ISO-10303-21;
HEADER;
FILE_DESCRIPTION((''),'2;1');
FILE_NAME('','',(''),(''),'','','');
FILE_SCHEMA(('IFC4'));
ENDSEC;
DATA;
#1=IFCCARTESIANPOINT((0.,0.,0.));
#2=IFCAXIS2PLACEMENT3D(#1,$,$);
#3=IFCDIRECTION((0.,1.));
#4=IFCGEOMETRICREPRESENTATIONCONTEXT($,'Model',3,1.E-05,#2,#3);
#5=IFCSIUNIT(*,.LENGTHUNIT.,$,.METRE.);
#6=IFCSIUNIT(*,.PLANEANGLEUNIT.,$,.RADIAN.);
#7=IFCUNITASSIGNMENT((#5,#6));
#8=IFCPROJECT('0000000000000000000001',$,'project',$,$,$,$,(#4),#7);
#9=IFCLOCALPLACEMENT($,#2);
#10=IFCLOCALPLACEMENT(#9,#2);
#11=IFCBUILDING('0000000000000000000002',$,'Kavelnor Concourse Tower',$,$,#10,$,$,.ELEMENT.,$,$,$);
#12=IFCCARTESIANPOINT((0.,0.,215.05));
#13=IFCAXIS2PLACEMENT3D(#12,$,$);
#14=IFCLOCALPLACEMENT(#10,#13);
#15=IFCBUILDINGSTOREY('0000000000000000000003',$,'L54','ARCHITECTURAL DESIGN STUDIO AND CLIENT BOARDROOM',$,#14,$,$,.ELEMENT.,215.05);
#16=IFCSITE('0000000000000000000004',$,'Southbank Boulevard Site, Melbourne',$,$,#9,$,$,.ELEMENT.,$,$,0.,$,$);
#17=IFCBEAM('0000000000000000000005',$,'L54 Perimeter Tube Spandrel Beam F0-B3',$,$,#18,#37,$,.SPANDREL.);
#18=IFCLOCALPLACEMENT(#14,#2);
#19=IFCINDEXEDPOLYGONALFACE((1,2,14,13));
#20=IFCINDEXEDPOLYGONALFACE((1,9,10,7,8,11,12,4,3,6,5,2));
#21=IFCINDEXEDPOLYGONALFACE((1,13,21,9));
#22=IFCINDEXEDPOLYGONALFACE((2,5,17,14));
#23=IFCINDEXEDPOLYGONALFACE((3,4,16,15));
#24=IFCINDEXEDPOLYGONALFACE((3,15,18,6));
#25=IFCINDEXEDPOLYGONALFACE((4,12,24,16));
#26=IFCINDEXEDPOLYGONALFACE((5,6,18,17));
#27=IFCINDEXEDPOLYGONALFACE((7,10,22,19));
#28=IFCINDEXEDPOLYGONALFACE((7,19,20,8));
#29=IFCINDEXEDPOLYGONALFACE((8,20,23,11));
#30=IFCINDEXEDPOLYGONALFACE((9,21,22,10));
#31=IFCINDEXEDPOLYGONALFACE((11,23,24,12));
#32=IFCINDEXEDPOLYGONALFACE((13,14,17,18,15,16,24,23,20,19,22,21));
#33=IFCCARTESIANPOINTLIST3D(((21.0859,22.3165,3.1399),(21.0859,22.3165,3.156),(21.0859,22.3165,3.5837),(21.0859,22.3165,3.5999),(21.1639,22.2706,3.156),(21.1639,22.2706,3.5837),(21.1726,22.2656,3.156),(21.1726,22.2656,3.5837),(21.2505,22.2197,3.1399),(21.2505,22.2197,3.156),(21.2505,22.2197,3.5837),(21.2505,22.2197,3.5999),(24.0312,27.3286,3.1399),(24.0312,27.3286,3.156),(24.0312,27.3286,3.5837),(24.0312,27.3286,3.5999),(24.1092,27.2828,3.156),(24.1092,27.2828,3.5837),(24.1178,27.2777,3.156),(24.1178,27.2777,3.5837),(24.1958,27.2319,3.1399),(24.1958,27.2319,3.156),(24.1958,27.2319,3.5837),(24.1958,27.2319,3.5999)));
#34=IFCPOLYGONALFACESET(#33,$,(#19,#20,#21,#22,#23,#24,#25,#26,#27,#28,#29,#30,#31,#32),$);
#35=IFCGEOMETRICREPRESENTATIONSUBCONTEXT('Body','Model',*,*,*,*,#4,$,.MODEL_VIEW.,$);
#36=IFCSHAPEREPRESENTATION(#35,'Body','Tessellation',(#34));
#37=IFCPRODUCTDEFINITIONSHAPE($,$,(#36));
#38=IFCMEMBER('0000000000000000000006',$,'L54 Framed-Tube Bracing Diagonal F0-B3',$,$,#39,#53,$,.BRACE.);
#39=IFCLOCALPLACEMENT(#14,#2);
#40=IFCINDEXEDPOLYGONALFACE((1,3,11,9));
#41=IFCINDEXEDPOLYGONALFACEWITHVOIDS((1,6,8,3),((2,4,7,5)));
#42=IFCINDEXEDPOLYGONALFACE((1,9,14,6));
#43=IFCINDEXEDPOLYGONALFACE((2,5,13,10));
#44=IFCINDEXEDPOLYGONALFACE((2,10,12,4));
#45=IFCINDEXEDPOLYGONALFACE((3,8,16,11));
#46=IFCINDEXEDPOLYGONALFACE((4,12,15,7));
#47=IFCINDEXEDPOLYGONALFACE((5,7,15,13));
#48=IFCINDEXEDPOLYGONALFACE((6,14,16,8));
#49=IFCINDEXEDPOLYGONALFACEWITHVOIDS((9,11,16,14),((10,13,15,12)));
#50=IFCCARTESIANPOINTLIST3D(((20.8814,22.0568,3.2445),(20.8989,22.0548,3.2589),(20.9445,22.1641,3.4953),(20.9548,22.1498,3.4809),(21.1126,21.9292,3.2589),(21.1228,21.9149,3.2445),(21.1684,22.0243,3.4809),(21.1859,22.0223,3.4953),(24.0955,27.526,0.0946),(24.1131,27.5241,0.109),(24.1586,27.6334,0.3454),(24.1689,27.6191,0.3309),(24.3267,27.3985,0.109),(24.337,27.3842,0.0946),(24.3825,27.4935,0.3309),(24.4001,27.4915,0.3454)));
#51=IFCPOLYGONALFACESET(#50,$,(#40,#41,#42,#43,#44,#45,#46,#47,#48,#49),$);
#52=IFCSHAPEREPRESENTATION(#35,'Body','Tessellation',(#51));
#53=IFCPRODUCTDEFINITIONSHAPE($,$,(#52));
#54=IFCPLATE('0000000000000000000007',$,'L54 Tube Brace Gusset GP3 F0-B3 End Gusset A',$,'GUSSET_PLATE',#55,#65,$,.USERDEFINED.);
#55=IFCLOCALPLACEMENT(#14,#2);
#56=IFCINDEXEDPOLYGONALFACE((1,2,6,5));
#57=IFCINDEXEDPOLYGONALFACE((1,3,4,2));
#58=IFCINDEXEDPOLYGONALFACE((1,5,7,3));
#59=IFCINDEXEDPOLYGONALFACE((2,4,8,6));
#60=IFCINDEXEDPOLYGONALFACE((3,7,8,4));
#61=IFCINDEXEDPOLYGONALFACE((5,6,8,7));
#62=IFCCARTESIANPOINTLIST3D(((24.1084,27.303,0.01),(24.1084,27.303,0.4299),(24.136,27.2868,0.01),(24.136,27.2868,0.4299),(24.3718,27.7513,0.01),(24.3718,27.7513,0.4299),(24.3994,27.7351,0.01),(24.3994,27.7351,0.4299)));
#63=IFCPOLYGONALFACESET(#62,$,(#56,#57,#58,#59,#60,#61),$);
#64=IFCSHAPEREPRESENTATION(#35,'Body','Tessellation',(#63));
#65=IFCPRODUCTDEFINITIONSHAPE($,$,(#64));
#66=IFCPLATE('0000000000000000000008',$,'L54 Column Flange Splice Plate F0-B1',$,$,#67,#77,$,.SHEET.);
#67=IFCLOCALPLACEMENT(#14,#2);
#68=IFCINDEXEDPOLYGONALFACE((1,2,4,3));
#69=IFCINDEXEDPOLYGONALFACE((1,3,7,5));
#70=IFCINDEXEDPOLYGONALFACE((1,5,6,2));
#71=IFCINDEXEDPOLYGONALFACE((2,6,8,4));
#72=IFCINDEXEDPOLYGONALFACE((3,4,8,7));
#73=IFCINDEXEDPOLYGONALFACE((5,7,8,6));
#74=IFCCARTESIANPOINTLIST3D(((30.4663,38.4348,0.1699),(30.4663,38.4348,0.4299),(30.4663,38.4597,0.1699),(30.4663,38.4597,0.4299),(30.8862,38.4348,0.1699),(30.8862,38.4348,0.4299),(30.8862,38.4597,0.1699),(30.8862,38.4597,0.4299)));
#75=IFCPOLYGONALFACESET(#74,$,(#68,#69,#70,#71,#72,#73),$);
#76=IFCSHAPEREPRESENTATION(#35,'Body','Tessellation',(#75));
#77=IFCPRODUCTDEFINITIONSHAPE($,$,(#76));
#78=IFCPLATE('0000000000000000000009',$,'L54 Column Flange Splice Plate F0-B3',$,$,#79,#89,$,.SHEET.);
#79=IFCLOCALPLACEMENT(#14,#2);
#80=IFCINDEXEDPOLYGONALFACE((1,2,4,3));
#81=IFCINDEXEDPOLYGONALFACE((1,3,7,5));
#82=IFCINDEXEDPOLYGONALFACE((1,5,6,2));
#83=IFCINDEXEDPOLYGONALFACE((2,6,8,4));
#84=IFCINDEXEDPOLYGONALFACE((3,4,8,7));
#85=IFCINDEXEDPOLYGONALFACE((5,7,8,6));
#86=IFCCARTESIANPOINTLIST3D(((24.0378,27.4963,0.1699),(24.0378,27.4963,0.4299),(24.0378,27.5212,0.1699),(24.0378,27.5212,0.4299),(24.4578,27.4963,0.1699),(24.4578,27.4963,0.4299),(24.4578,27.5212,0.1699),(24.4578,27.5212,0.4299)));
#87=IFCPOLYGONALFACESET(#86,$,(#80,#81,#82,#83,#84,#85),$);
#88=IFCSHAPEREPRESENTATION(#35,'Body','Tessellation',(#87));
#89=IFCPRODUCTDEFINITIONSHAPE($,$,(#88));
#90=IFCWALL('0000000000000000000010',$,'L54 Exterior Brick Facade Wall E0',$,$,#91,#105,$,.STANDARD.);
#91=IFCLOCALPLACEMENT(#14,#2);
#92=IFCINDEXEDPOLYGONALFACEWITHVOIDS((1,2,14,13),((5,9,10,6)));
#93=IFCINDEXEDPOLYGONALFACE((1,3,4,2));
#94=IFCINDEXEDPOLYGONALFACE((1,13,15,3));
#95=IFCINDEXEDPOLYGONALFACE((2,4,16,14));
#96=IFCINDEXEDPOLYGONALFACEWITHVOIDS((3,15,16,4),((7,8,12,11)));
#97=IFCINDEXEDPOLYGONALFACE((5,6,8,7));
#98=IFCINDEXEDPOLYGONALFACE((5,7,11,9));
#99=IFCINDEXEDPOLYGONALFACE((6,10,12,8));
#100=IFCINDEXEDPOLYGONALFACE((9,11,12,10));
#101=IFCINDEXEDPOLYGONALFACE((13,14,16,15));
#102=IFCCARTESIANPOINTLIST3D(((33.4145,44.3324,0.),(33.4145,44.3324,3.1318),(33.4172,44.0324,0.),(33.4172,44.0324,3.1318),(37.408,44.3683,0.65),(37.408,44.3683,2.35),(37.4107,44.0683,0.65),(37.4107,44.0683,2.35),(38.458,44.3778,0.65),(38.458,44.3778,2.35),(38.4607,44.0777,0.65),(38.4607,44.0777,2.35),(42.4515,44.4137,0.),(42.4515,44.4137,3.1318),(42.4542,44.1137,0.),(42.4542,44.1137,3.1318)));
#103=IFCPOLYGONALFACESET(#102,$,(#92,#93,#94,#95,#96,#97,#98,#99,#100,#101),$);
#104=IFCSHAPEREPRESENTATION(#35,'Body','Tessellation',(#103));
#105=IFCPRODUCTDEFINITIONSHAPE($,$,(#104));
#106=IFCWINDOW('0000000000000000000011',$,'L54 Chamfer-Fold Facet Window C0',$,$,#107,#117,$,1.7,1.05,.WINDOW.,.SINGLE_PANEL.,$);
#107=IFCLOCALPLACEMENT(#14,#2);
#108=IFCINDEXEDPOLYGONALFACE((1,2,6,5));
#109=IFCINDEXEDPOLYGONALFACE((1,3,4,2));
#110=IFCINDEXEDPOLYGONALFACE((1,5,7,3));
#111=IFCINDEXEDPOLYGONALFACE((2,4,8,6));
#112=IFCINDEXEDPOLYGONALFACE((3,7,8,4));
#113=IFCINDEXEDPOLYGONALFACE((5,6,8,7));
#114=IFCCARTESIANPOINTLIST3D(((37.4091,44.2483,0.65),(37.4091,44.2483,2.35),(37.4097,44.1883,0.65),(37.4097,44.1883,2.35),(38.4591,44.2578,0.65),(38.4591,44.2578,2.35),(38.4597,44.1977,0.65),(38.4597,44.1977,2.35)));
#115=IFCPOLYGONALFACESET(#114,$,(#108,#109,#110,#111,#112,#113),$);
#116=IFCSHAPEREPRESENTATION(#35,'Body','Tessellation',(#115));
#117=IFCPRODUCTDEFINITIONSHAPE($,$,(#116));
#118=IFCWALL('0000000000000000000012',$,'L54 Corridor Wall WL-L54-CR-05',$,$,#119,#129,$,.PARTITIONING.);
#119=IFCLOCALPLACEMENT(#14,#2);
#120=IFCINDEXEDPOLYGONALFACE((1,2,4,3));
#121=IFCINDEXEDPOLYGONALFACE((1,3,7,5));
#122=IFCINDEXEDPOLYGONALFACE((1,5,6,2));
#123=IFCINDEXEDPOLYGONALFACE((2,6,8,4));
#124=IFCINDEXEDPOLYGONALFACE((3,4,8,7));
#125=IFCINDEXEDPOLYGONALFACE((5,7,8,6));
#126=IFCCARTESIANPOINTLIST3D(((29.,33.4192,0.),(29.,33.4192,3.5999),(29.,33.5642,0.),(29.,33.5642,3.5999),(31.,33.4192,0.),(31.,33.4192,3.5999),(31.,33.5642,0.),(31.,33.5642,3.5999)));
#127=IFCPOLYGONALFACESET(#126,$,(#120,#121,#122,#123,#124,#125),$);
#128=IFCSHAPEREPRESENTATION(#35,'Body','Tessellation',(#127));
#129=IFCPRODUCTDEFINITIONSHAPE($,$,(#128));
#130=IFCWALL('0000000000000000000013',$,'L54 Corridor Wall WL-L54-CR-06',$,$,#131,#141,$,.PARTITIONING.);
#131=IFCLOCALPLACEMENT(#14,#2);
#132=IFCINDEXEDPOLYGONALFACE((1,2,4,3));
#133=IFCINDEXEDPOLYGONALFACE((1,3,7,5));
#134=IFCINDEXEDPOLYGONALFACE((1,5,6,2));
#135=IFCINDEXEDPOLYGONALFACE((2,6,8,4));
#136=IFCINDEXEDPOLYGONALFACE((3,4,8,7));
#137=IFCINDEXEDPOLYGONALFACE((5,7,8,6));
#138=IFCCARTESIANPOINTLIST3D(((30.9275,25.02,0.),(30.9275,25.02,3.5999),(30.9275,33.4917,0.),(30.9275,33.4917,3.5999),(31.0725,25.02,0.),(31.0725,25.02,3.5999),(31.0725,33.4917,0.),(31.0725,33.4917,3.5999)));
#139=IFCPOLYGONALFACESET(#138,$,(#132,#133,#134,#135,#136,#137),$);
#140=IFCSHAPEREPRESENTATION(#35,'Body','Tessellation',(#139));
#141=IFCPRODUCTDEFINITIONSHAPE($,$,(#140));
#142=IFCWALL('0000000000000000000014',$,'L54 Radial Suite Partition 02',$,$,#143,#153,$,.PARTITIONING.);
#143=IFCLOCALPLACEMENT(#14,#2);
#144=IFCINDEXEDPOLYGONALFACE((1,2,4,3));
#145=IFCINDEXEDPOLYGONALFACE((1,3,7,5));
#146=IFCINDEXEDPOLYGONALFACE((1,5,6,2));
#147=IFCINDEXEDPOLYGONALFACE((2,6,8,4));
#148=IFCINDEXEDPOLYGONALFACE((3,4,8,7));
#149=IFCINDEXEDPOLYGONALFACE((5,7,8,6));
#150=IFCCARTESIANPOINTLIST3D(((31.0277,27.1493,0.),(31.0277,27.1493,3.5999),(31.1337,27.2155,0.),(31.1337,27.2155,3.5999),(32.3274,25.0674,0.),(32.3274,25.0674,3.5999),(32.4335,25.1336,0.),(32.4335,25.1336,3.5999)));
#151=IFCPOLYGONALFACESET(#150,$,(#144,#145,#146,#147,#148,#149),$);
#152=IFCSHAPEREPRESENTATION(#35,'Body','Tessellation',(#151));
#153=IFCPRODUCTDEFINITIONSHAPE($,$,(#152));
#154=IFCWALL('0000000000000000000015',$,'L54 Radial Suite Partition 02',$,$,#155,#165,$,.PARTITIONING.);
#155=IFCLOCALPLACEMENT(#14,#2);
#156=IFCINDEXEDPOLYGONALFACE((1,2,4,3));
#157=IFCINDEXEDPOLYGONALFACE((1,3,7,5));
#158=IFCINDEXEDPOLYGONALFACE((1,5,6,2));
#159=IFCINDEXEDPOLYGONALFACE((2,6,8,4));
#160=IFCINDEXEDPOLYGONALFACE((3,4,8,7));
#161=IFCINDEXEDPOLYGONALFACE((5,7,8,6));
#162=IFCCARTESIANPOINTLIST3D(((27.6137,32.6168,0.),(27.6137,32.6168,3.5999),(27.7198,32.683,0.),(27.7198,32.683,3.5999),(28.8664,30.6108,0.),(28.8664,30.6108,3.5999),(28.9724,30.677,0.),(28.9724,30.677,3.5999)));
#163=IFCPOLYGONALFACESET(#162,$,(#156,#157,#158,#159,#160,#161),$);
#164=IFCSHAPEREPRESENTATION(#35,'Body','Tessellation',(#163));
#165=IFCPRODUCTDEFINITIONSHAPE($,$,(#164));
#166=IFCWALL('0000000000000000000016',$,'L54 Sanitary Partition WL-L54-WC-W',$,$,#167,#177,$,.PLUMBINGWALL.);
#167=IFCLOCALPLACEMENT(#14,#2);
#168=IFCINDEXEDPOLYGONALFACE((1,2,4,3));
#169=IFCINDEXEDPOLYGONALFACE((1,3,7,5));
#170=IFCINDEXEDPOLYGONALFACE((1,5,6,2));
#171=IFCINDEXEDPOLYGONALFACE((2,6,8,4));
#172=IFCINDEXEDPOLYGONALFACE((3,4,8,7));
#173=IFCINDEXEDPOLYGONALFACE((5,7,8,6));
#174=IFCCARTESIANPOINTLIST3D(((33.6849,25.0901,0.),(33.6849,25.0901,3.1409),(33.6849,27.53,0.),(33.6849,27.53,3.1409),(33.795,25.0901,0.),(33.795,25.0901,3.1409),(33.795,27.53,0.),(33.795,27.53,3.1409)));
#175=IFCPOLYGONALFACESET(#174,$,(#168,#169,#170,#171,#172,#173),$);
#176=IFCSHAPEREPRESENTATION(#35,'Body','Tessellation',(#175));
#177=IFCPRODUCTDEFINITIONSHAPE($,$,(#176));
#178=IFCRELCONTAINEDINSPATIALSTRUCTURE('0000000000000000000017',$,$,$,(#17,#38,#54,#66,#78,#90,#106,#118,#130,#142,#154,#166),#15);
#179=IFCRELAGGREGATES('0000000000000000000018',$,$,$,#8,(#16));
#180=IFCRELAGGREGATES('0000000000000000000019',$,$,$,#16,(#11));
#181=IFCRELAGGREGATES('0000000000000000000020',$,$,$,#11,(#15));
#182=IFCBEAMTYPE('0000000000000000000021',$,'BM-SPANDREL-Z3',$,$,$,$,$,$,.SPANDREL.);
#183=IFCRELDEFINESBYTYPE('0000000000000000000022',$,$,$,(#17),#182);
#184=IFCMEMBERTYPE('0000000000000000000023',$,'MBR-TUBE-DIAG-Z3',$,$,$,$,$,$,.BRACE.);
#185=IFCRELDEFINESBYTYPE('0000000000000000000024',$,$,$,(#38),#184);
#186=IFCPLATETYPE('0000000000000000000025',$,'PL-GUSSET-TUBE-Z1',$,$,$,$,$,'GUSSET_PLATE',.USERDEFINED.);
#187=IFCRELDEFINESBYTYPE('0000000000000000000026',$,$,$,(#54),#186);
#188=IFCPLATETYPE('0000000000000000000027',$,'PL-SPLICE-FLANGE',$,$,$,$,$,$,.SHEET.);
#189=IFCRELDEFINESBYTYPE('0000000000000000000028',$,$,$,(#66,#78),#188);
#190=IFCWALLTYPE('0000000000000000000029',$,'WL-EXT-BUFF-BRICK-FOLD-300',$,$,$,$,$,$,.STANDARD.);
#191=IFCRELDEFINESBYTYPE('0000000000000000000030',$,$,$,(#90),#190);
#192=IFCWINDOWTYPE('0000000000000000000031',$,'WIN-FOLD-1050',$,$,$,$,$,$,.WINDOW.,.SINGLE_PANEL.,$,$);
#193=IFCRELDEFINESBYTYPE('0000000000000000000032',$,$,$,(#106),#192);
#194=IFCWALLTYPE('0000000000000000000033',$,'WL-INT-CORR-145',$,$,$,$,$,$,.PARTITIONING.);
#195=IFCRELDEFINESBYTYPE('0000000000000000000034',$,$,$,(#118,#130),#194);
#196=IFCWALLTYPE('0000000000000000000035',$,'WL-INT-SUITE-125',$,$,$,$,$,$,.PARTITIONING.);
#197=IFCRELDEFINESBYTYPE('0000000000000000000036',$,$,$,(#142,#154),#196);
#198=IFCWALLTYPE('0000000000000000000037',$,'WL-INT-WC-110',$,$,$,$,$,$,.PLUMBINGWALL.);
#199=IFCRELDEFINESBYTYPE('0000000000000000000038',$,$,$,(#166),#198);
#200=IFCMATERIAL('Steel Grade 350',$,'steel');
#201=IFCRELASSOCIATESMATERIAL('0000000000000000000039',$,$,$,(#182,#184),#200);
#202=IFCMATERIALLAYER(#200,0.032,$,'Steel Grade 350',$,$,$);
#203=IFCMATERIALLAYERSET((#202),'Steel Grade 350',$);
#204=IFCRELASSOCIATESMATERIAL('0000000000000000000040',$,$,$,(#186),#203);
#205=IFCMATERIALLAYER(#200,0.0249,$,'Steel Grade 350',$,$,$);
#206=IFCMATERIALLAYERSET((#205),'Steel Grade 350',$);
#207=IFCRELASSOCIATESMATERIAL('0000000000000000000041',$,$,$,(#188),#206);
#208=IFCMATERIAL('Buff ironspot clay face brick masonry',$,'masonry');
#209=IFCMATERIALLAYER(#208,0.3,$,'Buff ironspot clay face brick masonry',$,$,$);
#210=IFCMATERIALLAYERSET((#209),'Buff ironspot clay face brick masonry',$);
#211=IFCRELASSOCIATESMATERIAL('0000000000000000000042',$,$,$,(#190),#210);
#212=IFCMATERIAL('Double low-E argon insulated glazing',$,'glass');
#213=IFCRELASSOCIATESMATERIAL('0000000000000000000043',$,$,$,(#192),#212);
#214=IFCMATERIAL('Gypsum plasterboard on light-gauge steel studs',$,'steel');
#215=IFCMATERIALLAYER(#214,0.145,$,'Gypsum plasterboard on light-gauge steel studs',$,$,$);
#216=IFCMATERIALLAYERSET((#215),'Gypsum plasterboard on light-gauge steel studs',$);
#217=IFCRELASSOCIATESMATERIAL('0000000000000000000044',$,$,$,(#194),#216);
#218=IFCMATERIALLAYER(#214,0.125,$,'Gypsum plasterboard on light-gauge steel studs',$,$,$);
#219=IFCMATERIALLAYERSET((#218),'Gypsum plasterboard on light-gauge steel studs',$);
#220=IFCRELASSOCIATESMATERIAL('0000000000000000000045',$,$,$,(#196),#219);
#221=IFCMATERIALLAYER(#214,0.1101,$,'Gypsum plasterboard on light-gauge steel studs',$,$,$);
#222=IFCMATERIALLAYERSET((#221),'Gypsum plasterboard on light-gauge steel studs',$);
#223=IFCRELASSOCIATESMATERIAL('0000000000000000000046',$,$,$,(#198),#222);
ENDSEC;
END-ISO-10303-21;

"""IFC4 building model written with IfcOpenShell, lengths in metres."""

from ifc_helpers import new_model, si_unit, direction, frame, frame_2d, origin, origin_2d, place, context, subcontext, project, spatial, rectangle, hollow_rectangle, i_section, extrude, material, layer, layer_set, material_profile, profile_set, type_object, element, fill, save


model = new_model("IFC4")

# Units and contexts
model_context = context("Model", 3, precision=1e-05, world=origin(), true_north=direction((0.0, 1.0)))
body_context = subcontext(model_context, "Body", "Model", "MODEL_VIEW")
ifc_project = project(units=[si_unit("LENGTHUNIT", "METRE"), si_unit("PLANEANGLEUNIT", "RADIAN")], contexts=[model_context])

# Site, building, storey
site_placement = place(None, origin())
site = spatial("IfcSite", under=ifc_project, at=site_placement, Name="Southbank Boulevard Site, Melbourne", CompositionType="ELEMENT", RefElevation=0.0)
building_placement = place(site_placement, origin())
building = spatial("IfcBuilding", under=site, at=building_placement, Name="Kavelnor Concourse Tower", CompositionType="ELEMENT")
storey_placement = place(building_placement, frame((0.0, 0.0, 215.05)))
storey = spatial("IfcBuildingStorey", under=building, at=storey_placement, Name="L54", Description="ARCHITECTURAL DESIGN STUDIO AND CLIENT BOARDROOM", CompositionType="ELEMENT", Elevation=215.05)

# Shared definitions
ifc_material_1 = material(Name="Steel Grade 350", Category="steel")

# Beam
ifc_material_profile_1 = material_profile(ifc_material_1, i_section(OverallWidth=0.1909, OverallDepth=0.46, WebThickness=0.01, FlangeThickness=0.0161, at=origin_2d()), Name="460UB82")
ifc_profile_set_1 = profile_set([ifc_material_profile_1], Name="Steel Grade 350")
beam_type_1 = type_object("IfcBeamType", Name="BM-SPANDREL-Z3", PredefinedType="SPANDREL", material=ifc_profile_set_1)
beam_1_placement = place(storey_placement, frame((24.1135, 27.2803, 3.3699), z_axis=(-0.506631, -0.862163, 0.0), x_axis=(0.862163, -0.506631, 0.0)))
element("IfcBeam", 1, at=beam_1_placement, inside=storey, type_object=beam_type_1, Name="L54 Perimeter Tube Spandrel Beam F0-B3", PredefinedType="SPANDREL", context=body_context, shape_type="SweptSolid", body=[
    extrude(i_section(OverallWidth=0.1909, OverallDepth=0.46, WebThickness=0.01, FlangeThickness=0.0161, at=origin_2d()), origin(), (0.0, 0.0, 1.0), 5.8135),
])

# Member
ifc_material_profile_2 = material_profile(ifc_material_1, hollow_rectangle(XDim=0.28, YDim=0.28, WallThickness=0.0161, at=origin_2d()), Name="SHS 280x280x16")
ifc_profile_set_2 = profile_set([ifc_material_profile_2], Name="Steel Grade 350")
member_type = type_object("IfcMemberType", Name="MBR-TUBE-DIAG-Z3", PredefinedType="BRACE", material=ifc_profile_set_2)
member_placement = place(storey_placement, frame((24.2478, 27.5088, 0.22), z_axis=(-0.453796, -0.772194, 0.44473), x_axis=(0.862147, -0.506658, 0.0)))
element("IfcMember", 2, at=member_placement, inside=storey, type_object=member_type, Name="L54 Framed-Tube Bracing Diagonal F0-B3", PredefinedType="BRACE", context=body_context, shape_type="SweptSolid", body=[
    extrude(hollow_rectangle(XDim=0.28, YDim=0.28, WallThickness=0.0161, at=origin_2d()), origin(), (0.0, 0.0, 1.0), 7.0828),
])

# Plates
ifc_layer_1 = layer(ifc_material_1, 0.032, Name="Steel Grade 350")
ifc_layer_set_1 = layer_set([ifc_layer_1], Name="Steel Grade 350")
plate_type_1 = type_object("IfcPlateType", Name="PL-GUSSET-TUBE-Z1", ElementType="GUSSET_PLATE", PredefinedType="USERDEFINED", material=ifc_layer_set_1)
plate_placement = place(storey_placement, frame((24.2539, 27.519, 0.01), z_axis=(0.0, 0.0, 1.0), x_axis=(-0.506636, -0.86216, 0.0)))
element("IfcPlate", 3, at=plate_placement, inside=storey, type_object=plate_type_1, Name="L54 Tube Brace Gusset GP3 F0-B3 End Gusset A", ObjectType="GUSSET_PLATE", PredefinedType="USERDEFINED", context=body_context, shape_type="SweptSolid", body=[
    extrude(rectangle(XDim=0.52, YDim=0.032, at=origin_2d()), origin(), (0.0, 0.0, 1.0), 0.4199),
])
ifc_layer_2 = layer(ifc_material_1, 0.0249, Name="Steel Grade 350")
ifc_layer_set_2 = layer_set([ifc_layer_2], Name="Steel Grade 350")
plate_type_2 = type_object("IfcPlateType", Name="PL-SPLICE-FLANGE", PredefinedType="SHEET", material=ifc_layer_set_2)
for number, where, z_axis, x_axis, name in (
    (4, (30.6763, 38.4473, 0.1699), (0.0, 0.0, 1.0), (1.0, 0.0, 0.0), "L54 Column Flange Splice Plate F0-B1"),
    (5, (24.2478, 27.5088, 0.1699), (0.0, 0.0, 1.0), (1.0, 0.0, 0.0), "L54 Column Flange Splice Plate F0-B3"),
):
    element("IfcPlate", number, at=place(storey_placement, frame(where, z_axis=z_axis, x_axis=x_axis)), inside=storey, type_object=plate_type_2, Name=name, PredefinedType="SHEET", context=body_context, shape_type="SweptSolid", body=[
        extrude(rectangle(XDim=0.4199, YDim=0.0249, at=origin_2d()), origin(), (0.0, 0.0, 1.0), 0.26),
    ])

# Wall, opening, window
ifc_material_2 = material(Name="Buff ironspot clay face brick masonry", Category="masonry")
ifc_layer_3 = layer(ifc_material_2, 0.3, Name="Buff ironspot clay face brick masonry")
ifc_layer_set_3 = layer_set([ifc_layer_3], Name="Buff ironspot clay face brick masonry")
wall_type_1 = type_object("IfcWallType", Name="WL-EXT-BUFF-BRICK-FOLD-300", PredefinedType="STANDARD", material=ifc_layer_set_3)
wall_1_placement = place(storey_placement, frame((33.416, 44.1824, 0.0), z_axis=(0.0, 0.0, 1.0), x_axis=(0.99996, 0.008996, 0.0)))
wall_1 = element("IfcWall", 6, at=wall_1_placement, inside=storey, type_object=wall_type_1, Name="L54 Exterior Brick Facade Wall E0", PredefinedType="STANDARD", context=body_context, shape_type="SweptSolid", body=[
    extrude(rectangle(XDim=9.0374, YDim=0.3, at=frame_2d((4.5186, 0.0))), origin(), (0.0, 0.0, 1.0), 3.1318),
])
opening_placement = place(wall_1_placement, frame((3.9937, 0.0, 0.6499)))
opening = element("IfcOpeningElement", 7, at=opening_placement, cuts=wall_1, PredefinedType="OPENING", context=body_context, shape_type="SweptSolid", body=[
    extrude(rectangle(XDim=1.05, YDim=1.7, at=frame_2d((0.5249, 0.8501))), frame((0.0, 0.1602, 0.0), z_axis=(0.0, -1.0, 0.0), x_axis=(1.0, 0.0, 0.0)), (0.0, 0.0, 1.0), 0.3201),
])
ifc_material_3 = material(Name="Double low-E argon insulated glazing", Category="glass")
window_type = type_object("IfcWindowType", Name="WIN-FOLD-1050", PartitioningType="SINGLE_PANEL", PredefinedType="WINDOW", material=ifc_material_3)
window_placement = place(opening_placement, origin())
window = element("IfcWindow", 8, at=window_placement, inside=storey, type_object=window_type, Name="L54 Chamfer-Fold Facet Window C0", OverallHeight=1.7, OverallWidth=1.05, PartitioningType="SINGLE_PANEL", PredefinedType="WINDOW", context=body_context, shape_type="SweptSolid", body=[
    extrude(rectangle(XDim=1.05, YDim=1.7, at=frame_2d((0.5249, 0.8501))), frame((0.0, 0.03, 0.0), z_axis=(0.0, -1.0, 0.0), x_axis=(1.0, 0.0, 0.0)), (0.0, 0.0, 1.0), 0.0601),
])
fill(opening, window)

# Walls
ifc_material_4 = material(Name="Gypsum plasterboard on light-gauge steel studs", Category="steel")
ifc_layer_4 = layer(ifc_material_4, 0.145, Name="Gypsum plasterboard on light-gauge steel studs")
ifc_layer_set_4 = layer_set([ifc_layer_4], Name="Gypsum plasterboard on light-gauge steel studs")
wall_type_2 = type_object("IfcWallType", Name="WL-INT-CORR-145", PredefinedType="PARTITIONING", material=ifc_layer_set_4)
wall_2_placement = place(storey_placement, frame((29.0, 33.4917, 0.0), z_axis=(0.0, 0.0, 1.0), x_axis=(1.0, 0.0, 0.0)))
element("IfcWall", 9, at=wall_2_placement, inside=storey, type_object=wall_type_2, Name="L54 Corridor Wall WL-L54-CR-05", PredefinedType="PARTITIONING", context=body_context, shape_type="SweptSolid", body=[
    extrude(rectangle(XDim=2.0, YDim=0.145, at=frame_2d((1.0, 0.0))), origin(), (0.0, 0.0, 1.0), 3.5999),
])
wall_3_placement = place(storey_placement, frame((31.0, 33.4917, 0.0), z_axis=(0.0, 0.0, 1.0), x_axis=(0.0, -1.0, 0.0)))
element("IfcWall", 10, at=wall_3_placement, inside=storey, type_object=wall_type_2, Name="L54 Corridor Wall WL-L54-CR-06", PredefinedType="PARTITIONING", context=body_context, shape_type="SweptSolid", body=[
    extrude(rectangle(XDim=8.4717, YDim=0.145, at=frame_2d((4.2358, 0.0))), origin(), (0.0, 0.0, 1.0), 3.5999),
])
ifc_layer_5 = layer(ifc_material_4, 0.125, Name="Gypsum plasterboard on light-gauge steel studs")
ifc_layer_set_5 = layer_set([ifc_layer_5], Name="Gypsum plasterboard on light-gauge steel studs")
wall_type_3 = type_object("IfcWallType", Name="WL-INT-SUITE-125", PredefinedType="PARTITIONING", material=ifc_layer_set_5)
wall_4_placement = place(storey_placement, frame((32.3804, 25.1006, 0.0), z_axis=(0.0, 0.0, 1.0), x_axis=(-0.52957, 0.848266, 0.0)))
element("IfcWall", 11, at=wall_4_placement, inside=storey, type_object=wall_type_3, Name="L54 Radial Suite Partition 02", PredefinedType="PARTITIONING", context=body_context, shape_type="SweptSolid", body=[
    extrude(rectangle(XDim=2.4543, YDim=0.125, at=frame_2d((1.2271, 0.0))), origin(), (0.0, 0.0, 1.0), 3.5999),
])
wall_5_placement = place(storey_placement, frame((28.9194, 30.6438, 0.0), z_axis=(0.0, 0.0, 1.0), x_axis=(-0.529656, 0.848213, 0.0)))
element("IfcWall", 12, at=wall_5_placement, inside=storey, type_object=wall_type_3, Name="L54 Radial Suite Partition 02", PredefinedType="PARTITIONING", context=body_context, shape_type="SweptSolid", body=[
    extrude(rectangle(XDim=2.365, YDim=0.125, at=frame_2d((1.1826, 0.0))), origin(), (0.0, 0.0, 1.0), 3.5999),
])
ifc_layer_6 = layer(ifc_material_4, 0.1101, Name="Gypsum plasterboard on light-gauge steel studs")
ifc_layer_set_6 = layer_set([ifc_layer_6], Name="Gypsum plasterboard on light-gauge steel studs")
wall_type_4 = type_object("IfcWallType", Name="WL-INT-WC-110", PredefinedType="PLUMBINGWALL", material=ifc_layer_set_6)
wall_6_placement = place(storey_placement, frame((33.74, 25.0901, 0.0), z_axis=(0.0, 0.0, 1.0), x_axis=(0.0, 1.0, 0.0)))
element("IfcWall", 13, at=wall_6_placement, inside=storey, type_object=wall_type_4, Name="L54 Sanitary Partition WL-L54-WC-W", PredefinedType="PLUMBINGWALL", context=body_context, shape_type="SweptSolid", body=[
    extrude(rectangle(XDim=2.4399, YDim=0.1101, at=frame_2d((1.22, 0.0))), origin(), (0.0, 0.0, 1.0), 3.1409),
])

save(model, "model.ifc")
